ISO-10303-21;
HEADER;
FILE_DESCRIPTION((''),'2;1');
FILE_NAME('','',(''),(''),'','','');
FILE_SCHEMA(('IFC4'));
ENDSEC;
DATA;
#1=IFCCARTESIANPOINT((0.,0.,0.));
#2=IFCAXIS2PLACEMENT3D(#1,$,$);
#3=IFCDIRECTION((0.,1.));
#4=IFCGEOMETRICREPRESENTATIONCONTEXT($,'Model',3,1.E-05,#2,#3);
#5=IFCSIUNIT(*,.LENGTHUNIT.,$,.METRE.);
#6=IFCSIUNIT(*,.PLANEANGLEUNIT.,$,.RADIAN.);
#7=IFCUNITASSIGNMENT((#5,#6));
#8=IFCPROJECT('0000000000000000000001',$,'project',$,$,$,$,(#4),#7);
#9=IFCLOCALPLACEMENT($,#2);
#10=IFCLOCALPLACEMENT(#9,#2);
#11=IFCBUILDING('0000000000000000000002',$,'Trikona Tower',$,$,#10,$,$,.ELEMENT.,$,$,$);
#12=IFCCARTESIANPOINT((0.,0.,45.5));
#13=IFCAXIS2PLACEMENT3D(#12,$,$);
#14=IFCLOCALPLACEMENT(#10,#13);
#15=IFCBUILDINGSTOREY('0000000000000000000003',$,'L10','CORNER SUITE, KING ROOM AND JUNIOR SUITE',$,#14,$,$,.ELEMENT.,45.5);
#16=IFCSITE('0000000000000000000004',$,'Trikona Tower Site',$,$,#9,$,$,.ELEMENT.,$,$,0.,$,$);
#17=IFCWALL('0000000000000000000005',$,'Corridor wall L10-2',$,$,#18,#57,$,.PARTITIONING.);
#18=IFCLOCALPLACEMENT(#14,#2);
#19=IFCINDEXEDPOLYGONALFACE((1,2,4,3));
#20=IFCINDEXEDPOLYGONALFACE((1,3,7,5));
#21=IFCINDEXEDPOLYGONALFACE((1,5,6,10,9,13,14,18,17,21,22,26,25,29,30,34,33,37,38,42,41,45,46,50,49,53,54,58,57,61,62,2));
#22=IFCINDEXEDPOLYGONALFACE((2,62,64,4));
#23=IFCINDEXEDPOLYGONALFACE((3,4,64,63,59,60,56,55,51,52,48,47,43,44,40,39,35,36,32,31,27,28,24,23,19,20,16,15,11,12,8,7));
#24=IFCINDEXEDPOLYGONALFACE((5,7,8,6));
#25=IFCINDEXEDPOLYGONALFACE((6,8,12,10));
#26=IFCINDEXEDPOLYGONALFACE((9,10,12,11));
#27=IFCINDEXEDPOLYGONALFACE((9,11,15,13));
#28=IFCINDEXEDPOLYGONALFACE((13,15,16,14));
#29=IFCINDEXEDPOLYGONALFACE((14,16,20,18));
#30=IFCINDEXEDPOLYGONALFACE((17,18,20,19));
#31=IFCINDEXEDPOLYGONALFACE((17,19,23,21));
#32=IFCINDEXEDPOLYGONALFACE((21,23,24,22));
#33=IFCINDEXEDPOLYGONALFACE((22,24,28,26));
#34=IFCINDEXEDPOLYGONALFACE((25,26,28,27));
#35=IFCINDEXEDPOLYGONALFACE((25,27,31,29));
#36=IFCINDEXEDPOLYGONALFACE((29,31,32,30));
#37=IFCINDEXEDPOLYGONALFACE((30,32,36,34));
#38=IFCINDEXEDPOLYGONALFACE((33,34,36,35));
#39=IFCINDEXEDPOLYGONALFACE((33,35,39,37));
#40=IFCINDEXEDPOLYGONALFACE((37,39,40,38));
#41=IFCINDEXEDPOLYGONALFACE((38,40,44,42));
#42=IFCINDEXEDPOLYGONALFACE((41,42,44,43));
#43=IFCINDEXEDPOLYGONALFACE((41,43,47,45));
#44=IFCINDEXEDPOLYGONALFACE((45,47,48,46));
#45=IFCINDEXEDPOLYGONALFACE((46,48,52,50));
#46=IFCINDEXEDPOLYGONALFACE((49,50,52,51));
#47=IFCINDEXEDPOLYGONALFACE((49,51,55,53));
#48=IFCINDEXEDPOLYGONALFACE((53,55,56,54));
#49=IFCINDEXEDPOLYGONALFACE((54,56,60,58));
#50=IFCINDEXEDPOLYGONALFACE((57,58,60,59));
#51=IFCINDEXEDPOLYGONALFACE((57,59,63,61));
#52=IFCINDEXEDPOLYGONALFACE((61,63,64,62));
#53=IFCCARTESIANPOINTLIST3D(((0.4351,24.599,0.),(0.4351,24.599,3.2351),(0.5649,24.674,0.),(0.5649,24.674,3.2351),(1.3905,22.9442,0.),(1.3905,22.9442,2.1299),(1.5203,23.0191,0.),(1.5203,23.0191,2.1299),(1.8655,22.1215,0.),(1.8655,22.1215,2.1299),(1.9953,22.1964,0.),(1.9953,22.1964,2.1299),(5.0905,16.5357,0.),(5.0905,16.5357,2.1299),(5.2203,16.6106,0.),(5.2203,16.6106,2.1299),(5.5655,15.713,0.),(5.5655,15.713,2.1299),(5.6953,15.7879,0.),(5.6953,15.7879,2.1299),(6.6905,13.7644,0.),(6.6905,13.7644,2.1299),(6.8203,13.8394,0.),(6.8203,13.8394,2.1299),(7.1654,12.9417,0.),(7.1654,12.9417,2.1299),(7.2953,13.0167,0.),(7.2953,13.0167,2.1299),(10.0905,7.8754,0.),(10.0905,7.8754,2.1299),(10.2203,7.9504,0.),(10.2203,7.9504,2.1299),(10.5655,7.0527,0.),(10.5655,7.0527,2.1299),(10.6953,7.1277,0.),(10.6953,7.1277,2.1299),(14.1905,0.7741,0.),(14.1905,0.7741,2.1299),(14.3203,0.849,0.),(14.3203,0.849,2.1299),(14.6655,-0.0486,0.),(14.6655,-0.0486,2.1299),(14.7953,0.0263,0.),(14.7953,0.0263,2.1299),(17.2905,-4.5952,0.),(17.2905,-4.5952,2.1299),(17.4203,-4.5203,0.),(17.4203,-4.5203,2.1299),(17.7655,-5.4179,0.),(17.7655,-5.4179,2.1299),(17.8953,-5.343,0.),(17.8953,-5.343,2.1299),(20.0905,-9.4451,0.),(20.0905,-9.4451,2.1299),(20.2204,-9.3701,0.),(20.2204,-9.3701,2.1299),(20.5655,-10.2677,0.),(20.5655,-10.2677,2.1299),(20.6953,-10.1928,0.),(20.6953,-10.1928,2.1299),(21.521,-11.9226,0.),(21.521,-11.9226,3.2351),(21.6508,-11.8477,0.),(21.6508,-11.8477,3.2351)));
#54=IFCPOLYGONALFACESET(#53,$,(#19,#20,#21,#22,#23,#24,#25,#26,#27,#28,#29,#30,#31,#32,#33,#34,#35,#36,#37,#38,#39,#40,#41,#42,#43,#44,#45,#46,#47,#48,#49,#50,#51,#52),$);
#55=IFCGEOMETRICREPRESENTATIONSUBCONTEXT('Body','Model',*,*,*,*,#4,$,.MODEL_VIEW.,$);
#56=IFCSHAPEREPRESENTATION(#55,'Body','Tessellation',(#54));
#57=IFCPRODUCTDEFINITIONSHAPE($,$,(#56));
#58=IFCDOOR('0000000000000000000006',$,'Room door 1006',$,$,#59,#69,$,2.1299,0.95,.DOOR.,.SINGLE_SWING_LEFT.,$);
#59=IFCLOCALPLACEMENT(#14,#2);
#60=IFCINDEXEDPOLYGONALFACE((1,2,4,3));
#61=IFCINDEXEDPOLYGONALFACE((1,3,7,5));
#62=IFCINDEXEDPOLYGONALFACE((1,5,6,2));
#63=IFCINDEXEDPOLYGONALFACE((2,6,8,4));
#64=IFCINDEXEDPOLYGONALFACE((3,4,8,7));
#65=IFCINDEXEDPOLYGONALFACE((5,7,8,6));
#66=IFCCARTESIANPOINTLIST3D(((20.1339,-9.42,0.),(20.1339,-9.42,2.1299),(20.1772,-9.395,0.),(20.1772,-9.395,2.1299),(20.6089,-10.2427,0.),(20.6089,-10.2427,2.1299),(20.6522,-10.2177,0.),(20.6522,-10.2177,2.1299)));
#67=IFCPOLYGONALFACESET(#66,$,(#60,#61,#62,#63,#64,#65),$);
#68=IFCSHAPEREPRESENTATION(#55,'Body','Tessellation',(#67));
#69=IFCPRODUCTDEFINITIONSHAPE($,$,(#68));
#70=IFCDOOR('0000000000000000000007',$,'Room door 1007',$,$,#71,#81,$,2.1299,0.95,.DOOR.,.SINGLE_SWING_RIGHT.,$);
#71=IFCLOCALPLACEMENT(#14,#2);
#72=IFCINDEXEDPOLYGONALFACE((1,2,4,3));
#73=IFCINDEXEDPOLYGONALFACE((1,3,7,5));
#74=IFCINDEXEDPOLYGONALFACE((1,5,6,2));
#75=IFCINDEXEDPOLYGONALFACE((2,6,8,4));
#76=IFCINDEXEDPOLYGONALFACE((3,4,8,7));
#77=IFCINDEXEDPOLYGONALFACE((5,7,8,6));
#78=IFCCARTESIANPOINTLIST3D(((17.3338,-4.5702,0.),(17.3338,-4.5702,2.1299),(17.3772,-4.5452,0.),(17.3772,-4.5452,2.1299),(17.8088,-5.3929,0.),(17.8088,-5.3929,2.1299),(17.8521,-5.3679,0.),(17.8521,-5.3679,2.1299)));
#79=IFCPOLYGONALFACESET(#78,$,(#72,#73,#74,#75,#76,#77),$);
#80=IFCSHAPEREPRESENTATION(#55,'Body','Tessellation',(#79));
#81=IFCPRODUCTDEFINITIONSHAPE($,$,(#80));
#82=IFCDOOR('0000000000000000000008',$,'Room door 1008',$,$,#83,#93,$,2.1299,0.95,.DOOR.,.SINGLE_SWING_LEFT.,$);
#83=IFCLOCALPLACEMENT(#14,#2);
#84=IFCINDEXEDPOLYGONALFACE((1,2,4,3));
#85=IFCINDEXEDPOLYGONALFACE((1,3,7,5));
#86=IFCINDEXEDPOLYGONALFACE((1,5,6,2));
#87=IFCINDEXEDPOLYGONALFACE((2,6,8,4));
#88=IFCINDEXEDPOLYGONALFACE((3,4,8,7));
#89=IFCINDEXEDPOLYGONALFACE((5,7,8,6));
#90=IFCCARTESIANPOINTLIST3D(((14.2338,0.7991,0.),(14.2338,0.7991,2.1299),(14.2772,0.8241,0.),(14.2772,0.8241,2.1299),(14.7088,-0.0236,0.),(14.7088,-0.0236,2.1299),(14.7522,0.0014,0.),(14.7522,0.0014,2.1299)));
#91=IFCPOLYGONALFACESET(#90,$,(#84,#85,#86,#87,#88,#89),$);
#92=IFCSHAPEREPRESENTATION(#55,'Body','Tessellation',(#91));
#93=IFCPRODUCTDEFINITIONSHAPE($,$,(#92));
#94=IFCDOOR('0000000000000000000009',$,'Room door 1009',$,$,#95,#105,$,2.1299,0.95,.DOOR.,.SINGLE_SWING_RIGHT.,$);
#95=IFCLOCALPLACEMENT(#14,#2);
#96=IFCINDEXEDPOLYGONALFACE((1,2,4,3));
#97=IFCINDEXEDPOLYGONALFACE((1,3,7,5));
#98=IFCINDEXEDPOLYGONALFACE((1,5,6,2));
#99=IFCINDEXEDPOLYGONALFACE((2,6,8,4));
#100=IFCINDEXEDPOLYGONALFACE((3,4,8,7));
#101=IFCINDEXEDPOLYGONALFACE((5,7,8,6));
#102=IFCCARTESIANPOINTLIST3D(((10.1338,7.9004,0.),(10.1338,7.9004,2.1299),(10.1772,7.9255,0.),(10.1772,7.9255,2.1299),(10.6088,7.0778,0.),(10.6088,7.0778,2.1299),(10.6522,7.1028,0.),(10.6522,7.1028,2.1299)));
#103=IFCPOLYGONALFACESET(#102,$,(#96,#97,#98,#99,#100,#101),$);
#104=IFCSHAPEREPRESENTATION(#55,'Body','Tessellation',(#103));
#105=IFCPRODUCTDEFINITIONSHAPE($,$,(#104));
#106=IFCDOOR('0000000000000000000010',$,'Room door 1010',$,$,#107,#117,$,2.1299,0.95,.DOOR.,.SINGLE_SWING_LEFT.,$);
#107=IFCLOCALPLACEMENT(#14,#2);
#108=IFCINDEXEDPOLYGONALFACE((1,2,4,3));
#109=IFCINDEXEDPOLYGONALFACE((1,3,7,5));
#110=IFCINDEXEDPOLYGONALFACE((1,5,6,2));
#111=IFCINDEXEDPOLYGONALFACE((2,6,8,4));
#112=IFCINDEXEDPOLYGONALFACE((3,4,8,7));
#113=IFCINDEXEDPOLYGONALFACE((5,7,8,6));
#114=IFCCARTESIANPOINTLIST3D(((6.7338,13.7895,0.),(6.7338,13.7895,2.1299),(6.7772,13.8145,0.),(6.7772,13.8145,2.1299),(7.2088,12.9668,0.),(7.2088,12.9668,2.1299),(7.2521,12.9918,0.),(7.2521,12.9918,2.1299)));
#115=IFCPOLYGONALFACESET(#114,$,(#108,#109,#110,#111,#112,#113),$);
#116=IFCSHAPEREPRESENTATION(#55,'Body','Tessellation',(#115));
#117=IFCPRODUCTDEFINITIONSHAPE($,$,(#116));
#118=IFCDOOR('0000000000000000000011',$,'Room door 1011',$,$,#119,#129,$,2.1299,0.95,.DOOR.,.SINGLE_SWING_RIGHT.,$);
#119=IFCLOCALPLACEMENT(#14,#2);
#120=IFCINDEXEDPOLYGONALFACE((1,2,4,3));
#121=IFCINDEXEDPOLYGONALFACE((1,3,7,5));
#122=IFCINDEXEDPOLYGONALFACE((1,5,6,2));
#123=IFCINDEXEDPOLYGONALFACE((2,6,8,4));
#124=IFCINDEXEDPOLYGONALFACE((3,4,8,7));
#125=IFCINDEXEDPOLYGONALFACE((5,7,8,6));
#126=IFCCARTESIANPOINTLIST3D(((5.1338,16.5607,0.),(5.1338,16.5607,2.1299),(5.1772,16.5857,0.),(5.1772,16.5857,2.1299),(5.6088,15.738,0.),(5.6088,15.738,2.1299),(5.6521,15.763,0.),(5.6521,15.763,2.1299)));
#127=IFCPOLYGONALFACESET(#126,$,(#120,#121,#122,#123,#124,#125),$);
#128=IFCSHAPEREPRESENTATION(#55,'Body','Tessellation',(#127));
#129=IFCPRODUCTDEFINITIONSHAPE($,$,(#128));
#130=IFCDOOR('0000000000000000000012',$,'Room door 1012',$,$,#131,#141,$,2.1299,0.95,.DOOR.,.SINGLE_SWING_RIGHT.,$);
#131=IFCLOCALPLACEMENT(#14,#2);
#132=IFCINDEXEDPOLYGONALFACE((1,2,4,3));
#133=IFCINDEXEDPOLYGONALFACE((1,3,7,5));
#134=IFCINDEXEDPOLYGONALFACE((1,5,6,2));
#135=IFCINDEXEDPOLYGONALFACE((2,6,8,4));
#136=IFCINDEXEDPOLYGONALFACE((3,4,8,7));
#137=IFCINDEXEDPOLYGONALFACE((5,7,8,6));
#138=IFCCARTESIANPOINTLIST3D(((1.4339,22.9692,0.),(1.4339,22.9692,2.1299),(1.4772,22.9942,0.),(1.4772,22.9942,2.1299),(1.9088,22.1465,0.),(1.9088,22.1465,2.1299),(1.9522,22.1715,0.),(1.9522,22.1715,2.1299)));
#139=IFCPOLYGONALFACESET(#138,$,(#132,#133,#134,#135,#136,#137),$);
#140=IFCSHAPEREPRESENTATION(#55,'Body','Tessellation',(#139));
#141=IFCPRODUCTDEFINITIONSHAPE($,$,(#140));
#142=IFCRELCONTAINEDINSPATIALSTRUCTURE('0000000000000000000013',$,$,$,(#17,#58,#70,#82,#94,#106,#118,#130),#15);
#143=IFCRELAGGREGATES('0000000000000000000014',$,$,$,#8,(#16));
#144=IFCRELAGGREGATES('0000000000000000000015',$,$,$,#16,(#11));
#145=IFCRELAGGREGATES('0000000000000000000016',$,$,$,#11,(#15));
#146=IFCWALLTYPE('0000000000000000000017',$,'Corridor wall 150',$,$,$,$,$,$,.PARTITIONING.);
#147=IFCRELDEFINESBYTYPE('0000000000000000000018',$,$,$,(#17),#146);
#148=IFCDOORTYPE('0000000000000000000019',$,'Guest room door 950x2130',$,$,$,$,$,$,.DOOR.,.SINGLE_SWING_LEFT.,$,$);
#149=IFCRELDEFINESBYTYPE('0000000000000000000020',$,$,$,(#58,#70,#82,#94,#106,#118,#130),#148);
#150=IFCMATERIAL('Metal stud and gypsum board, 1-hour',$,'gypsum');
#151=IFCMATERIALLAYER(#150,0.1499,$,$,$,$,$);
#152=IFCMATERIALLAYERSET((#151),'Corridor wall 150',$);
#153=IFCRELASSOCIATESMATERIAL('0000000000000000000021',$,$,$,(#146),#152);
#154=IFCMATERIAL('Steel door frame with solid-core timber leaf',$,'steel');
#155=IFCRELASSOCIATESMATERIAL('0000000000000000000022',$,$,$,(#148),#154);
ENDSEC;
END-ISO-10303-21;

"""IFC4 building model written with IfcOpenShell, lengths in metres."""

from ifc_helpers import new_model, si_unit, direction, frame, frame_2d, origin, place, context, subcontext, project, spatial, rectangle, extrude, material, layer, layer_set, type_object, element, fill, save


model = new_model("IFC4")

# Units and contexts
model_context = context("Model", 3, precision=1e-05, world=origin(), true_north=direction((0.0, 1.0)))
body_context = subcontext(model_context, "Body", "Model", "MODEL_VIEW")
ifc_project = project(units=[si_unit("LENGTHUNIT", "METRE"), si_unit("PLANEANGLEUNIT", "RADIAN")], contexts=[model_context])

# Site, building, storey
site_placement = place(None, origin())
site = spatial("IfcSite", under=ifc_project, at=site_placement, Name="Trikona Tower Site", CompositionType="ELEMENT", RefElevation=0.0)
building_placement = place(site_placement, origin())
building = spatial("IfcBuilding", under=site, at=building_placement, Name="Trikona Tower", CompositionType="ELEMENT")
storey_placement = place(building_placement, frame((0.0, 0.0, 45.5)))
storey = spatial("IfcBuildingStorey", under=building, at=storey_placement, Name="L10", Description="CORNER SUITE, KING ROOM AND JUNIOR SUITE", CompositionType="ELEMENT", Elevation=45.5)

# Wall, openings, doors
ifc_material_1 = material(Name="Metal stud and gypsum board, 1-hour", Category="gypsum")
ifc_layer_1 = layer(ifc_material_1, 0.1499)
ifc_layer_set_1 = layer_set([ifc_layer_1], Name="Corridor wall 150")
wall_type_1 = type_object("IfcWallType", Name="Corridor wall 150", PredefinedType="PARTITIONING", material=ifc_layer_set_1)
wall_1_placement = place(storey_placement, frame((21.5859, -11.8853, 0.0), z_axis=(0.0, 0.0, 1.0), x_axis=(-0.500002, 0.866024, 0.0)))
wall_1 = element("IfcWall", 1, at=wall_1_placement, inside=storey, type_object=wall_type_1, Name="Corridor wall L10-2", PredefinedType="PARTITIONING", context=body_context, shape_type="SweptSolid", body=[
    extrude(rectangle(XDim=42.1716, YDim=0.1499, at=frame_2d((21.0859, 0.0))), origin(), (0.0, 0.0, 1.0), 3.2351),
])
opening_1_placement = place(wall_1_placement, frame((1.9109, 0.0, 0.0)))
opening_1 = element("IfcOpeningElement", 2, at=opening_1_placement, cuts=wall_1, PredefinedType="OPENING", context=body_context, shape_type="SweptSolid", body=[
    extrude(rectangle(XDim=0.95, YDim=2.1299, at=frame_2d((0.4751, 1.0649))), frame((0.0, 0.085, 0.0), z_axis=(0.0, -1.0, 0.0), x_axis=(1.0, 0.0, 0.0)), (0.0, 0.0, 1.0), 0.1699),
])
opening_2_placement = place(wall_1_placement, frame((7.511, 0.0, 0.0)))
opening_2 = element("IfcOpeningElement", 3, at=opening_2_placement, cuts=wall_1, PredefinedType="OPENING", context=body_context, shape_type="SweptSolid", body=[
    extrude(rectangle(XDim=0.95, YDim=2.1299, at=frame_2d((0.4751, 1.0649))), frame((0.0, 0.085, 0.0), z_axis=(0.0, -1.0, 0.0), x_axis=(1.0, 0.0, 0.0)), (0.0, 0.0, 1.0), 0.1699),
])
opening_3_placement = place(wall_1_placement, frame((13.7109, 0.0, 0.0)))
opening_3 = element("IfcOpeningElement", 4, at=opening_3_placement, cuts=wall_1, PredefinedType="OPENING", context=body_context, shape_type="SweptSolid", body=[
    extrude(rectangle(XDim=0.95, YDim=2.1299, at=frame_2d((0.4751, 1.0649))), frame((0.0, 0.085, 0.0), z_axis=(0.0, -1.0, 0.0), x_axis=(1.0, 0.0, 0.0)), (0.0, 0.0, 1.0), 0.1699),
])
opening_4_placement = place(wall_1_placement, frame((21.9109, 0.0, 0.0)))
opening_4 = element("IfcOpeningElement", 5, at=opening_4_placement, cuts=wall_1, PredefinedType="OPENING", context=body_context, shape_type="SweptSolid", body=[
    extrude(rectangle(XDim=0.95, YDim=2.1299, at=frame_2d((0.4751, 1.0649))), frame((0.0, 0.085, 0.0), z_axis=(0.0, -1.0, 0.0), x_axis=(1.0, 0.0, 0.0)), (0.0, 0.0, 1.0), 0.1699),
])
opening_5_placement = place(wall_1_placement, frame((28.7109, 0.0, 0.0)))
opening_5 = element("IfcOpeningElement", 6, at=opening_5_placement, cuts=wall_1, PredefinedType="OPENING", context=body_context, shape_type="SweptSolid", body=[
    extrude(rectangle(XDim=0.95, YDim=2.1299, at=frame_2d((0.4751, 1.0649))), frame((0.0, 0.085, 0.0), z_axis=(0.0, -1.0, 0.0), x_axis=(1.0, 0.0, 0.0)), (0.0, 0.0, 1.0), 0.1699),
])
opening_6_placement = place(wall_1_placement, frame((31.9109, 0.0, 0.0)))
opening_6 = element("IfcOpeningElement", 7, at=opening_6_placement, cuts=wall_1, PredefinedType="OPENING", context=body_context, shape_type="SweptSolid", body=[
    extrude(rectangle(XDim=0.95, YDim=2.1299, at=frame_2d((0.4751, 1.0649))), frame((0.0, 0.085, 0.0), z_axis=(0.0, -1.0, 0.0), x_axis=(1.0, 0.0, 0.0)), (0.0, 0.0, 1.0), 0.1699),
])
opening_7_placement = place(wall_1_placement, frame((39.3108, 0.0, 0.0)))
opening_7 = element("IfcOpeningElement", 8, at=opening_7_placement, cuts=wall_1, PredefinedType="OPENING", context=body_context, shape_type="SweptSolid", body=[
    extrude(rectangle(XDim=0.95, YDim=2.1299, at=frame_2d((0.4751, 1.0649))), frame((0.0, 0.085, 0.0), z_axis=(0.0, -1.0, 0.0), x_axis=(1.0, 0.0, 0.0)), (0.0, 0.0, 1.0), 0.1699),
])
ifc_material_2 = material(Name="Steel door frame with solid-core timber leaf", Category="steel")
door_type = type_object("IfcDoorType", Name="Guest room door 950x2130", OperationType="SINGLE_SWING_LEFT", PredefinedType="DOOR", material=ifc_material_2)
door_1_placement = place(opening_1_placement, origin())
door_1 = element("IfcDoor", 9, at=door_1_placement, inside=storey, type_object=door_type, Name="Room door 1006", OperationType="SINGLE_SWING_LEFT", OverallHeight=2.1299, OverallWidth=0.95, PredefinedType="DOOR", context=body_context, shape_type="SweptSolid", body=[
    extrude(rectangle(XDim=0.95, YDim=2.1299, at=frame_2d((0.4751, 1.0649))), frame((0.0, 0.0249, 0.0), z_axis=(0.0, -1.0, 0.0), x_axis=(1.0, 0.0, 0.0)), (0.0, 0.0, 1.0), 0.05),
])
fill(opening_1, door_1)
door_2_placement = place(opening_2_placement, origin())
door_2 = element("IfcDoor", 10, at=door_2_placement, inside=storey, type_object=door_type, Name="Room door 1007", OperationType="SINGLE_SWING_RIGHT", OverallHeight=2.1299, OverallWidth=0.95, PredefinedType="DOOR", context=body_context, shape_type="SweptSolid", body=[
    extrude(rectangle(XDim=0.95, YDim=2.1299, at=frame_2d((0.4751, 1.0649))), frame((0.0, 0.0249, 0.0), z_axis=(0.0, -1.0, 0.0), x_axis=(1.0, 0.0, 0.0)), (0.0, 0.0, 1.0), 0.05),
])
fill(opening_2, door_2)
door_3_placement = place(opening_3_placement, origin())
door_3 = element("IfcDoor", 11, at=door_3_placement, inside=storey, type_object=door_type, Name="Room door 1008", OperationType="SINGLE_SWING_LEFT", OverallHeight=2.1299, OverallWidth=0.95, PredefinedType="DOOR", context=body_context, shape_type="SweptSolid", body=[
    extrude(rectangle(XDim=0.95, YDim=2.1299, at=frame_2d((0.4751, 1.0649))), frame((0.0, 0.0249, 0.0), z_axis=(0.0, -1.0, 0.0), x_axis=(1.0, 0.0, 0.0)), (0.0, 0.0, 1.0), 0.05),
])
fill(opening_3, door_3)
door_4_placement = place(opening_4_placement, origin())
door_4 = element("IfcDoor", 12, at=door_4_placement, inside=storey, type_object=door_type, Name="Room door 1009", OperationType="SINGLE_SWING_RIGHT", OverallHeight=2.1299, OverallWidth=0.95, PredefinedType="DOOR", context=body_context, shape_type="SweptSolid", body=[
    extrude(rectangle(XDim=0.95, YDim=2.1299, at=frame_2d((0.4751, 1.0649))), frame((0.0, 0.0249, 0.0), z_axis=(0.0, -1.0, 0.0), x_axis=(1.0, 0.0, 0.0)), (0.0, 0.0, 1.0), 0.05),
])
fill(opening_4, door_4)
door_5_placement = place(opening_5_placement, origin())
door_5 = element("IfcDoor", 13, at=door_5_placement, inside=storey, type_object=door_type, Name="Room door 1010", OperationType="SINGLE_SWING_LEFT", OverallHeight=2.1299, OverallWidth=0.95, PredefinedType="DOOR", context=body_context, shape_type="SweptSolid", body=[
    extrude(rectangle(XDim=0.95, YDim=2.1299, at=frame_2d((0.4751, 1.0649))), frame((0.0, 0.0249, 0.0), z_axis=(0.0, -1.0, 0.0), x_axis=(1.0, 0.0, 0.0)), (0.0, 0.0, 1.0), 0.05),
])
fill(opening_5, door_5)
door_6_placement = place(opening_6_placement, origin())
door_6 = element("IfcDoor", 14, at=door_6_placement, inside=storey, type_object=door_type, Name="Room door 1011", OperationType="SINGLE_SWING_RIGHT", OverallHeight=2.1299, OverallWidth=0.95, PredefinedType="DOOR", context=body_context, shape_type="SweptSolid", body=[
    extrude(rectangle(XDim=0.95, YDim=2.1299, at=frame_2d((0.4751, 1.0649))), frame((0.0, 0.0249, 0.0), z_axis=(0.0, -1.0, 0.0), x_axis=(1.0, 0.0, 0.0)), (0.0, 0.0, 1.0), 0.05),
])
fill(opening_6, door_6)
door_7_placement = place(opening_7_placement, origin())
door_7 = element("IfcDoor", 15, at=door_7_placement, inside=storey, type_object=door_type, Name="Room door 1012", OperationType="SINGLE_SWING_RIGHT", OverallHeight=2.1299, OverallWidth=0.95, PredefinedType="DOOR", context=body_context, shape_type="SweptSolid", body=[
    extrude(rectangle(XDim=0.95, YDim=2.1299, at=frame_2d((0.4751, 1.0649))), frame((0.0, 0.0249, 0.0), z_axis=(0.0, -1.0, 0.0), x_axis=(1.0, 0.0, 0.0)), (0.0, 0.0, 1.0), 0.05),
])
fill(opening_7, door_7)

save(model, "model.ifc")
